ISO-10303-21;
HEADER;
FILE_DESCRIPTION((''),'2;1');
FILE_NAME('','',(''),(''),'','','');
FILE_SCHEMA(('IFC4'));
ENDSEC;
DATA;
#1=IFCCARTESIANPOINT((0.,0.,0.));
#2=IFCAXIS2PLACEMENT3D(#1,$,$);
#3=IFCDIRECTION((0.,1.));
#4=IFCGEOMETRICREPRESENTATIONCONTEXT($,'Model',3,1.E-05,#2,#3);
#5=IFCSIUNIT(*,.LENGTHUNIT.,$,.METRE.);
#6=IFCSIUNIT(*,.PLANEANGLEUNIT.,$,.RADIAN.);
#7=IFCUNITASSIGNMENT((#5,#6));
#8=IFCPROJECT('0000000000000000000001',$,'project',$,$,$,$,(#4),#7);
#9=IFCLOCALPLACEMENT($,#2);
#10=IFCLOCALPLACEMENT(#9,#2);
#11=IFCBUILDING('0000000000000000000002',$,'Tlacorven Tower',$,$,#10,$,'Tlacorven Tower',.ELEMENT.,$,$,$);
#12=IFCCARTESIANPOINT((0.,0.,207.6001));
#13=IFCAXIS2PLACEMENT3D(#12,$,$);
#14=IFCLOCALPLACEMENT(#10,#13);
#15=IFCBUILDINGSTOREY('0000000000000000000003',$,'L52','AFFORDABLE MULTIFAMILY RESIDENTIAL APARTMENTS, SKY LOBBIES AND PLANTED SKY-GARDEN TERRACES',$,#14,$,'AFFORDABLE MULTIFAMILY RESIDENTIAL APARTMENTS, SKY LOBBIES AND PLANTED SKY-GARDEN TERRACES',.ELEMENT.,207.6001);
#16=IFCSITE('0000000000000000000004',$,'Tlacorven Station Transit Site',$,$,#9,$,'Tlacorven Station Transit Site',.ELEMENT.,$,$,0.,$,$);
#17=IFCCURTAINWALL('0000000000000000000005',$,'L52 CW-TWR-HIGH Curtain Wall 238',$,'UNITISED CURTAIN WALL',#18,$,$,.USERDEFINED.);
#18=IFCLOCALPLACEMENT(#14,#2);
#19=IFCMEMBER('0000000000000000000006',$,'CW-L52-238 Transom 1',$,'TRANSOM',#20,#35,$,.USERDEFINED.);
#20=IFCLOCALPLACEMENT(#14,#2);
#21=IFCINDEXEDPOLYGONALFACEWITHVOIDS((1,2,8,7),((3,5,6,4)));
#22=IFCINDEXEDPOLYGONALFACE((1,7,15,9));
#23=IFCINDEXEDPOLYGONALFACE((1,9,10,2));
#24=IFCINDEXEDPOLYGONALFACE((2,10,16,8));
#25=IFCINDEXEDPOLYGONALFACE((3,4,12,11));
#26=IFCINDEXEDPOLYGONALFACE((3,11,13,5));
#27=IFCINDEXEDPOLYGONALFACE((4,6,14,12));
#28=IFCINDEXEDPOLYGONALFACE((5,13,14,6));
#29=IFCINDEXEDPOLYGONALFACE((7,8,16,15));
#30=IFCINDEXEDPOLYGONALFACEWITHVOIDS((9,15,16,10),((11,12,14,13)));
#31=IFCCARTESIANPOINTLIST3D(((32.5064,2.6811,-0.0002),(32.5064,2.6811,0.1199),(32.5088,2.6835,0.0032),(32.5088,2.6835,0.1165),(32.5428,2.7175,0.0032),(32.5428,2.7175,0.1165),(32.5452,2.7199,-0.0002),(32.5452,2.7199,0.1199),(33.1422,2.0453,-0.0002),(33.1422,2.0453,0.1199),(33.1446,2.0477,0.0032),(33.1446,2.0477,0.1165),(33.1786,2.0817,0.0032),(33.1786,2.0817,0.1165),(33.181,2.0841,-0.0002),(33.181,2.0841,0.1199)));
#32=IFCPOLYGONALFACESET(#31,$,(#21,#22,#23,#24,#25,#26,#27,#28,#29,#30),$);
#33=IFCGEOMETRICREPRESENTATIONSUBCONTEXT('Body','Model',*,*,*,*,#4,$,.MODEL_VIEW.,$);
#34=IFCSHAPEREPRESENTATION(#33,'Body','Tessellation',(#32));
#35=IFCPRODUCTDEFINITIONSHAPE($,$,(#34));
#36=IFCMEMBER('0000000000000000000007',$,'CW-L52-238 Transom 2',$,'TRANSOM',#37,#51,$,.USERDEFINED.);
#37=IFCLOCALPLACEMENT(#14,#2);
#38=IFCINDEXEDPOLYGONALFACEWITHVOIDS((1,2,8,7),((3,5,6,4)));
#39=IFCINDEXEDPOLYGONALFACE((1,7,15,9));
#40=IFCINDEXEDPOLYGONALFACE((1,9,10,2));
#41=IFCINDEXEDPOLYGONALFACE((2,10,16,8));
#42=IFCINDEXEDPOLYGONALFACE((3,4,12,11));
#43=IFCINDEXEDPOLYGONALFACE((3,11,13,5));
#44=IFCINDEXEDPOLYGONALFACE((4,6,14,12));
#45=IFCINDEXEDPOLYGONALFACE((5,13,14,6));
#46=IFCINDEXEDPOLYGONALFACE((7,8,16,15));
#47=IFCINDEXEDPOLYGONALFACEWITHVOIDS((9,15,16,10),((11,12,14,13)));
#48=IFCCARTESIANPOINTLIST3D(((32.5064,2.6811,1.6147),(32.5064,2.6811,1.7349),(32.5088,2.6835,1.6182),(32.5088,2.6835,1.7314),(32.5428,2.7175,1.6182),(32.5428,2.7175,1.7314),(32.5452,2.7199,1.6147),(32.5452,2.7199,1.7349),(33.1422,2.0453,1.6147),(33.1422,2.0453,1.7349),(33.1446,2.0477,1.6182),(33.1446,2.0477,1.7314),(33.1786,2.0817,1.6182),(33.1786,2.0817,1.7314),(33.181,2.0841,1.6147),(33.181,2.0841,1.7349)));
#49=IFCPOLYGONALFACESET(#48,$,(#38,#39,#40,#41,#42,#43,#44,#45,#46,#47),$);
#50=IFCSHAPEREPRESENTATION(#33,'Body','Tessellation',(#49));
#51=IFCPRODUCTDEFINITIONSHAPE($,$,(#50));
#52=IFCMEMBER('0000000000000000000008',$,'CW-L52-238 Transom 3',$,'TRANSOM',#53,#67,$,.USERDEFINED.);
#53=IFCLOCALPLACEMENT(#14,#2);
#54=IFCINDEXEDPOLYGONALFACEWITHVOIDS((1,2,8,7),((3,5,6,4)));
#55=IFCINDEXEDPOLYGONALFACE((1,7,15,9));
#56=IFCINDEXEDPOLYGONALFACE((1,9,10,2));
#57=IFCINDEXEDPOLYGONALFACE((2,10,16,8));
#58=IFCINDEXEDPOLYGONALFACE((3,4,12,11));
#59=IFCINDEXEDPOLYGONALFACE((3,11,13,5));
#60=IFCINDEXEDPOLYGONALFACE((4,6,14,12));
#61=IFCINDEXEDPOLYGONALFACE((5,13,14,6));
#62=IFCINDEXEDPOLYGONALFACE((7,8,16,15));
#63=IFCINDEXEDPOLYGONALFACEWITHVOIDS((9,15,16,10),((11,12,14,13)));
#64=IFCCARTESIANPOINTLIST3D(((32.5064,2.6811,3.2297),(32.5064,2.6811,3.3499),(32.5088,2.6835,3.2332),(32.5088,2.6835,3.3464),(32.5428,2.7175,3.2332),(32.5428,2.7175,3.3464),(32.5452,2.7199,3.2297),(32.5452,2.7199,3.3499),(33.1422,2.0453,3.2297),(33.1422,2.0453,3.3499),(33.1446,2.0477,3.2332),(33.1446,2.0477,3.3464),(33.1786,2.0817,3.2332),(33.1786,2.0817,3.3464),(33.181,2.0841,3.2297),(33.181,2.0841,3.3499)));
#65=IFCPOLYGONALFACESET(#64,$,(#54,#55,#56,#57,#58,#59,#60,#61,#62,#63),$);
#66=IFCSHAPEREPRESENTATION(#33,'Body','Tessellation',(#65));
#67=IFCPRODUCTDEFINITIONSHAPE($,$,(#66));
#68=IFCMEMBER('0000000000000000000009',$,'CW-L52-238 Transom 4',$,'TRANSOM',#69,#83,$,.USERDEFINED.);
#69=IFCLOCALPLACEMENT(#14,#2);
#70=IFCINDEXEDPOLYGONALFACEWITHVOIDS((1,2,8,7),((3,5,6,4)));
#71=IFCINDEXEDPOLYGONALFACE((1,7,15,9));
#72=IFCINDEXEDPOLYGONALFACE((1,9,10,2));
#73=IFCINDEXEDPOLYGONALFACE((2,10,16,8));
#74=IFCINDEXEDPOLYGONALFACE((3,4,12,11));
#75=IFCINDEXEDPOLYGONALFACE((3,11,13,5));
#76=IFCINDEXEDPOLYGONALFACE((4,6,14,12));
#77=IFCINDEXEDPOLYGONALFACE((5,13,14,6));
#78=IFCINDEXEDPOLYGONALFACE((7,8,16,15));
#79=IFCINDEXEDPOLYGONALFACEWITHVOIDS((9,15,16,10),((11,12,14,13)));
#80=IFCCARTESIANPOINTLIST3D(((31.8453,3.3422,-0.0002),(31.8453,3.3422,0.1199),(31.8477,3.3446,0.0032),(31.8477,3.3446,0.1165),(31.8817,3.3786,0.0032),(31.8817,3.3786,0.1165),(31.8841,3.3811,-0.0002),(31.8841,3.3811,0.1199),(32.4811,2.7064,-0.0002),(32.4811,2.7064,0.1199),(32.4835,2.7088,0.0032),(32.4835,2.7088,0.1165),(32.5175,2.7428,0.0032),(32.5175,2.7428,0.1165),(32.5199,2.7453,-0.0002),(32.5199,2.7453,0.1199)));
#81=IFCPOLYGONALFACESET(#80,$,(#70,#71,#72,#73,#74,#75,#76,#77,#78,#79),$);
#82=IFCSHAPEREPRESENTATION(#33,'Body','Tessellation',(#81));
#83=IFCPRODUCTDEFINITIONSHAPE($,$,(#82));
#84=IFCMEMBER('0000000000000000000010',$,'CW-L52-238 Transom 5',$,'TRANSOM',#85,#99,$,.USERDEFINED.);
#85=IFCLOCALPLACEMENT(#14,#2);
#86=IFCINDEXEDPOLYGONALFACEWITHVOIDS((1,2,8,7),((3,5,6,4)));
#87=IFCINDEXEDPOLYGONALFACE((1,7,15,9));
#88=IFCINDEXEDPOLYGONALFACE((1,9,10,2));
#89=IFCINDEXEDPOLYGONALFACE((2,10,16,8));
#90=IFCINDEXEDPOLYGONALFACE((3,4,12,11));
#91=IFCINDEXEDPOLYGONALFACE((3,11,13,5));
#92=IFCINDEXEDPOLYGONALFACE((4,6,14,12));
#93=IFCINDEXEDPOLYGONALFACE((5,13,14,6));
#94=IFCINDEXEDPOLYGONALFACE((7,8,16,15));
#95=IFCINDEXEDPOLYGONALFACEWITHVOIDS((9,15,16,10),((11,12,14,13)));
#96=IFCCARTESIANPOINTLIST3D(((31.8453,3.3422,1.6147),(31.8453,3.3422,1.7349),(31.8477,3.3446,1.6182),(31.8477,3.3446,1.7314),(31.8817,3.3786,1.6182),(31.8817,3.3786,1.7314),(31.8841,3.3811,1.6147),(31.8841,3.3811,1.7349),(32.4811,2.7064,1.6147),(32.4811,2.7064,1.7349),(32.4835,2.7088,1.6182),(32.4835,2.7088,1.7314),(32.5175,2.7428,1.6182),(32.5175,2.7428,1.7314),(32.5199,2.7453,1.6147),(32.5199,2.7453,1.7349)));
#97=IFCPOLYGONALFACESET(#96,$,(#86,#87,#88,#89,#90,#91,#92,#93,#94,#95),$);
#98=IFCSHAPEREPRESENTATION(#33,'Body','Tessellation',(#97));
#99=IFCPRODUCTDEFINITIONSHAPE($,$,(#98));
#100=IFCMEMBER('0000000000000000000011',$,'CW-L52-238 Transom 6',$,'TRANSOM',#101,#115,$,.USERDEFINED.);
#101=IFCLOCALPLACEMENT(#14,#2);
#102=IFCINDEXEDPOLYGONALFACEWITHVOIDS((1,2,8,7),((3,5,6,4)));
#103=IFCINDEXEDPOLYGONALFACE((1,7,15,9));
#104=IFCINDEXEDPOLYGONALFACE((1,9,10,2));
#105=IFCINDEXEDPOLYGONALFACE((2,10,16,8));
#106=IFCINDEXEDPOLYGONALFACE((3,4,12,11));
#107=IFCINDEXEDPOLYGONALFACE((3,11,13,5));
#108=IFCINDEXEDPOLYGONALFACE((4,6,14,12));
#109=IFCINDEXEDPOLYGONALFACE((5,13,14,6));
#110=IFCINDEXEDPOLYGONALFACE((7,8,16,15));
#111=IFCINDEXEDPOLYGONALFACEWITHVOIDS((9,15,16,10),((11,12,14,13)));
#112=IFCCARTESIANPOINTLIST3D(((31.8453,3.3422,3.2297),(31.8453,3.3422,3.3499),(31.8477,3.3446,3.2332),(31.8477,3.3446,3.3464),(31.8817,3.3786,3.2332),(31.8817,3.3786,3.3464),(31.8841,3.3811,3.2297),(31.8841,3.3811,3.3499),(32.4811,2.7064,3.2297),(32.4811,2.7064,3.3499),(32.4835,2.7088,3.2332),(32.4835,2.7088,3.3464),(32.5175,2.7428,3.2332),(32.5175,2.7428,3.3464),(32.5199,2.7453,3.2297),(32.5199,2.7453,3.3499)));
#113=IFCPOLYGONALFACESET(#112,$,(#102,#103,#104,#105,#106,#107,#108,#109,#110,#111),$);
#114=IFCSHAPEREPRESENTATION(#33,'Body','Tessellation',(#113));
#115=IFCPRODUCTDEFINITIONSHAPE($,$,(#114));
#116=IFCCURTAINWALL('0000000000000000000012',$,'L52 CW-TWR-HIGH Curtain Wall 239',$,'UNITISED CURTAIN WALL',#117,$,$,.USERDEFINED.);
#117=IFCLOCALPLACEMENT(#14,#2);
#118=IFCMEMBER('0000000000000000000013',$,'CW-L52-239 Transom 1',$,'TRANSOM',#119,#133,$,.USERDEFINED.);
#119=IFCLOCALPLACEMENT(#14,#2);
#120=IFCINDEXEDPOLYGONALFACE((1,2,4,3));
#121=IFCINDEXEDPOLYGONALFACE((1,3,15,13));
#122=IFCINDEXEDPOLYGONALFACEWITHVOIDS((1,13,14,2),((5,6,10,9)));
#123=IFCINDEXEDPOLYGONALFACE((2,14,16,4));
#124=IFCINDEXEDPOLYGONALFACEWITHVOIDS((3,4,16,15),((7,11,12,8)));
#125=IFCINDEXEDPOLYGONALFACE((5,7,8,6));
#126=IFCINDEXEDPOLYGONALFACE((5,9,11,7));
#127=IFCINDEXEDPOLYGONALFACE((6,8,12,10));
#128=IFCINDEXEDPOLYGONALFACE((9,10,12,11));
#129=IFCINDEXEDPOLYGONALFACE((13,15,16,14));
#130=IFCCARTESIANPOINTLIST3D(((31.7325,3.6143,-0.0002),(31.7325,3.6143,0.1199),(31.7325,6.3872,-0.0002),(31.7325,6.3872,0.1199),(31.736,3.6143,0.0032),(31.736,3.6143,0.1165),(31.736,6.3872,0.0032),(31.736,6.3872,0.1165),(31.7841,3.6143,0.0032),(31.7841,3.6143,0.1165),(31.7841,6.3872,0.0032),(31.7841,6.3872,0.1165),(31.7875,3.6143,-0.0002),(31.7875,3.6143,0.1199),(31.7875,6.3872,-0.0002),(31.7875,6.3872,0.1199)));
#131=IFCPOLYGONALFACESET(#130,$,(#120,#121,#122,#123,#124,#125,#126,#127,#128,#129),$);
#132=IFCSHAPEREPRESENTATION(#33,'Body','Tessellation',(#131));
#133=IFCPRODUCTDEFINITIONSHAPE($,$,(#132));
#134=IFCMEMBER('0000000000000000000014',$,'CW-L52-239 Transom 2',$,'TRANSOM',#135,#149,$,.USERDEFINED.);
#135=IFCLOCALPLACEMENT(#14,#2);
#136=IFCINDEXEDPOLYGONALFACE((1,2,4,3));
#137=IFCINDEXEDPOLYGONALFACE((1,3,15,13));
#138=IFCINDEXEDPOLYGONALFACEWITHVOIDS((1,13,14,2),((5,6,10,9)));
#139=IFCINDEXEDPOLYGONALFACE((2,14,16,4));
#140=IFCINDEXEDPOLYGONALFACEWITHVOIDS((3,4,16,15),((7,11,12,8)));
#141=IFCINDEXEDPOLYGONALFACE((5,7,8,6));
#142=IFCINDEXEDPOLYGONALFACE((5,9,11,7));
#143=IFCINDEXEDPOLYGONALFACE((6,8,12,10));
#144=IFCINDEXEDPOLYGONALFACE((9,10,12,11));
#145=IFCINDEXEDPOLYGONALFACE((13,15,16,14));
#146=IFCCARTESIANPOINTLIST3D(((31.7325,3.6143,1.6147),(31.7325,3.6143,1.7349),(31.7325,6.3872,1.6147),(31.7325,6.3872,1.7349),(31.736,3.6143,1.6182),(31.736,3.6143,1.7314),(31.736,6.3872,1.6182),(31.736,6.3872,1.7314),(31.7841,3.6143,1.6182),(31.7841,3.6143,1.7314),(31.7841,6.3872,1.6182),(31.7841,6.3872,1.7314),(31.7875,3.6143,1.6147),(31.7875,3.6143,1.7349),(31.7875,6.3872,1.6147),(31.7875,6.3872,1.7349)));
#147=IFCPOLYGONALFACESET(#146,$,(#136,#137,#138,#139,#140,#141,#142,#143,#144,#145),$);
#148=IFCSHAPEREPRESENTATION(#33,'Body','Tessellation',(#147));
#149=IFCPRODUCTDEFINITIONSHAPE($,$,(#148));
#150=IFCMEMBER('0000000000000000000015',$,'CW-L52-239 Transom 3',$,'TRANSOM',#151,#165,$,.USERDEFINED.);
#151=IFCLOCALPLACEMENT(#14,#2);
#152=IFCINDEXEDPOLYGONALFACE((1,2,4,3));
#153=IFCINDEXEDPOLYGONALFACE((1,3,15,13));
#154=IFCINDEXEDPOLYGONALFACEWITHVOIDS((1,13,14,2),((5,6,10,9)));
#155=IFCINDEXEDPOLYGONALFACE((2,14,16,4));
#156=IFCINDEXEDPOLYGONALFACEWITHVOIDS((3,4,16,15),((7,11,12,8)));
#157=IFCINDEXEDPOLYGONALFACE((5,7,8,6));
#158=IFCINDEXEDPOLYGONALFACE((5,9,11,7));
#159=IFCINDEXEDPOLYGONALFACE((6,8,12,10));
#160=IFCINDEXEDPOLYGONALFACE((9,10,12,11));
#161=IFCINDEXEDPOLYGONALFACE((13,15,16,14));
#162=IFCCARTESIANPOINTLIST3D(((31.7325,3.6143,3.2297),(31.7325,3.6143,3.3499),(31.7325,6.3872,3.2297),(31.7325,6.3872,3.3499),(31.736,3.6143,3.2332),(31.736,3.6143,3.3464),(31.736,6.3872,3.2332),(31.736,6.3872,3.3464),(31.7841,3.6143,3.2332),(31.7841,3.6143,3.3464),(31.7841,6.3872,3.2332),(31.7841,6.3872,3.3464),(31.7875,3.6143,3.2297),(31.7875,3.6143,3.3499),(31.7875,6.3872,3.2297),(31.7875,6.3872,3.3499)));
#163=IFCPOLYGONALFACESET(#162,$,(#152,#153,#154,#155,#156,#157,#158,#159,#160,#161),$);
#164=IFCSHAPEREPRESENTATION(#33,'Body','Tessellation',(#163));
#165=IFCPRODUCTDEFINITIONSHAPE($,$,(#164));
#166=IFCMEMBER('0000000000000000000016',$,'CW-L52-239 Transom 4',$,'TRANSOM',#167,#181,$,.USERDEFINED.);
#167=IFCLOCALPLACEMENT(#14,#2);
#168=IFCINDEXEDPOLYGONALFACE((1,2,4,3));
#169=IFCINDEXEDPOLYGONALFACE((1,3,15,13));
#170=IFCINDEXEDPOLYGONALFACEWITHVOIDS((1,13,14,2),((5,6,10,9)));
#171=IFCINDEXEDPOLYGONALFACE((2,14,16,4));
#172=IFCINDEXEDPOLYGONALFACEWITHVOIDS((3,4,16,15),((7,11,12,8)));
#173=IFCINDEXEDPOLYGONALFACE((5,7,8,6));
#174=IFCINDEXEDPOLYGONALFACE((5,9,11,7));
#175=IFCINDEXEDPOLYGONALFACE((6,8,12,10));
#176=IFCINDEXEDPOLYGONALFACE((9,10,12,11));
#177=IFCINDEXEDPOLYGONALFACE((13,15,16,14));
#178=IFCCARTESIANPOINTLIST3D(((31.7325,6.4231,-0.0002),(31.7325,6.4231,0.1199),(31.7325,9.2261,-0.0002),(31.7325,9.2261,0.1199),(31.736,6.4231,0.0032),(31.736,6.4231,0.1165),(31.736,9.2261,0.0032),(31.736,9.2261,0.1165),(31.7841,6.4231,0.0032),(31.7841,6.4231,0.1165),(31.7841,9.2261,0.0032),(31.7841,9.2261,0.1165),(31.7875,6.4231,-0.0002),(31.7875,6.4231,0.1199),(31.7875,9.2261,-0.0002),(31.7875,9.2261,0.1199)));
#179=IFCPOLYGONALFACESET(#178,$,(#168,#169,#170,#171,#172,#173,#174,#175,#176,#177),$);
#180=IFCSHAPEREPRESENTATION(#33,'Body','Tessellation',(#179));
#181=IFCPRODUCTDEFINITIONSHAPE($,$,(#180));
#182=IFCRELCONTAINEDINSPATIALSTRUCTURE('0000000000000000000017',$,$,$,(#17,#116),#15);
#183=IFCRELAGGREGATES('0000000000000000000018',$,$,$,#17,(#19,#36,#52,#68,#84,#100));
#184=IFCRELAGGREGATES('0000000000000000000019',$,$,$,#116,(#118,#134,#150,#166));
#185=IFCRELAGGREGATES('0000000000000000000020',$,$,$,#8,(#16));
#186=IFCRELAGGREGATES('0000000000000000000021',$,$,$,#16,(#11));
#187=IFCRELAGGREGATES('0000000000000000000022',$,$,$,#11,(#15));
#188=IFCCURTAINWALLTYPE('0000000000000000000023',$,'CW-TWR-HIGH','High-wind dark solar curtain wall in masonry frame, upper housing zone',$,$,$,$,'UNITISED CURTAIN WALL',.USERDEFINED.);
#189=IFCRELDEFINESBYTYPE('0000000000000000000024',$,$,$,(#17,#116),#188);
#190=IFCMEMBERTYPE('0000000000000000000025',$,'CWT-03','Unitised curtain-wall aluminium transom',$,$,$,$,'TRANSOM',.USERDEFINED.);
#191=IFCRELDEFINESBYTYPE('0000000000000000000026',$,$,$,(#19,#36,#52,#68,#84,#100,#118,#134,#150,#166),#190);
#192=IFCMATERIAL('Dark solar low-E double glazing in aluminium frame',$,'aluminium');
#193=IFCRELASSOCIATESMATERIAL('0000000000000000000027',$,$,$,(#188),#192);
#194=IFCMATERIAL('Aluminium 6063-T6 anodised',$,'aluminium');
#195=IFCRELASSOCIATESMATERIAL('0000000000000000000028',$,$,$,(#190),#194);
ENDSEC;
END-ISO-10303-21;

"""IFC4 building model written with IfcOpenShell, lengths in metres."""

from ifc_helpers import new_model, si_unit, direction, frame, origin, origin_2d, place, context, subcontext, project, spatial, hollow_rectangle, extrude, source, transform, mapped, material, material_profile, profile_set, type_object, element, aggregate, save


model = new_model("IFC4")

# Units and contexts
model_context = context("Model", 3, precision=1e-05, world=origin(), true_north=direction((0.0, 1.0)))
body_context = subcontext(model_context, "Body", "Model", "MODEL_VIEW")
ifc_project = project(units=[si_unit("LENGTHUNIT", "METRE"), si_unit("PLANEANGLEUNIT", "RADIAN")], contexts=[model_context])

# Site, building, storey
site_placement = place(None, origin())
site = spatial("IfcSite", under=ifc_project, at=site_placement, Name="Tlacorven Station Transit Site", LongName="Tlacorven Station Transit Site", CompositionType="ELEMENT", RefElevation=0.0)
building_placement = place(site_placement, origin())
building = spatial("IfcBuilding", under=site, at=building_placement, Name="Tlacorven Tower", LongName="Tlacorven Tower", CompositionType="ELEMENT")
storey_placement = place(building_placement, frame((0.0, 0.0, 207.6001)))
storey = spatial("IfcBuildingStorey", under=building, at=storey_placement, Name="L52", Description="AFFORDABLE MULTIFAMILY RESIDENTIAL APARTMENTS, SKY LOBBIES AND PLANTED SKY-GARDEN TERRACES", LongName="AFFORDABLE MULTIFAMILY RESIDENTIAL APARTMENTS, SKY LOBBIES AND PLANTED SKY-GARDEN TERRACES", CompositionType="ELEMENT", Elevation=207.6001)

# Curtain walls, members
ifc_material_1 = material(Name="Dark solar low-E double glazing in aluminium frame", Category="aluminium")
curtain_wall_type = type_object("IfcCurtainWallType", Name="CW-TWR-HIGH", Description="High-wind dark solar curtain wall in masonry frame, upper housing zone", ElementType="UNITISED CURTAIN WALL", PredefinedType="USERDEFINED", material=ifc_material_1)
curtain_wall_1_placement = place(storey_placement, origin())
curtain_wall_1 = element("IfcCurtainWall", 1, at=curtain_wall_1_placement, inside=storey, type_object=curtain_wall_type, Name="L52 CW-TWR-HIGH Curtain Wall 238", ObjectType="UNITISED CURTAIN WALL", PredefinedType="USERDEFINED")
ifc_material_2 = material(Name="Aluminium 6063-T6 anodised", Category="aluminium")
ifc_material_profile_1 = material_profile(ifc_material_2, hollow_rectangle(XDim=0.0549, YDim=0.1201, WallThickness=0.0034, at=origin_2d()), Name="ALU TRANSOM 55X120")
ifc_profile_set_1 = profile_set([ifc_material_profile_1], Name="Aluminium 6063-T6 anodised")
member_type_1 = type_object("IfcMemberType", Name="CWT-03", Description="Unitised curtain-wall aluminium transom", ElementType="TRANSOM", PredefinedType="USERDEFINED", material=ifc_profile_set_1)
shared_shape_1 = source(origin(), body_context, "Body", "SweptSolid", [
    extrude(hollow_rectangle(XDim=0.0549, YDim=0.1201, WallThickness=0.0034, at=origin_2d()), origin(), (0.0, 0.0, 1.0), 0.8992),
])
member_1_placement = place(storey_placement, frame((33.1616, 2.0647, 0.0598), z_axis=(-0.707107, 0.707107, 0.0), x_axis=(-0.707107, -0.707107, 0.0)))
member_1 = element("IfcMember", 2, at=member_1_placement, type_object=member_type_1, Name="CW-L52-238 Transom 1", ObjectType="TRANSOM", PredefinedType="USERDEFINED", context=body_context, shape_type="MappedRepresentation", body=[
    mapped(shared_shape_1, transform((0.0, 0.0, 0.0), scale=1.0)),
])
member_2_placement = place(storey_placement, frame((33.1616, 2.0647, 1.6748), z_axis=(-0.707107, 0.707107, 0.0), x_axis=(-0.707107, -0.707107, 0.0)))
member_2 = element("IfcMember", 3, at=member_2_placement, type_object=member_type_1, Name="CW-L52-238 Transom 2", ObjectType="TRANSOM", PredefinedType="USERDEFINED", context=body_context, shape_type="MappedRepresentation", body=[
    mapped(shared_shape_1, transform((0.0, 0.0, 0.0), scale=1.0)),
])
member_3_placement = place(storey_placement, frame((33.1616, 2.0647, 3.2898), z_axis=(-0.707107, 0.707107, 0.0), x_axis=(-0.707107, -0.707107, 0.0)))
member_3 = element("IfcMember", 4, at=member_3_placement, type_object=member_type_1, Name="CW-L52-238 Transom 3", ObjectType="TRANSOM", PredefinedType="USERDEFINED", context=body_context, shape_type="MappedRepresentation", body=[
    mapped(shared_shape_1, transform((0.0, 0.0, 0.0), scale=1.0)),
])
member_4_placement = place(storey_placement, frame((32.5005, 2.7258, 0.0598), z_axis=(-0.707107, 0.707107, 0.0), x_axis=(-0.707107, -0.707107, 0.0)))
member_4 = element("IfcMember", 5, at=member_4_placement, type_object=member_type_1, Name="CW-L52-238 Transom 4", ObjectType="TRANSOM", PredefinedType="USERDEFINED", context=body_context, shape_type="MappedRepresentation", body=[
    mapped(shared_shape_1, transform((0.0, 0.0, 0.0), scale=1.0)),
])
member_5_placement = place(storey_placement, frame((32.5005, 2.7258, 1.6748), z_axis=(-0.707107, 0.707107, 0.0), x_axis=(-0.707107, -0.707107, 0.0)))
member_5 = element("IfcMember", 6, at=member_5_placement, type_object=member_type_1, Name="CW-L52-238 Transom 5", ObjectType="TRANSOM", PredefinedType="USERDEFINED", context=body_context, shape_type="MappedRepresentation", body=[
    mapped(shared_shape_1, transform((0.0, 0.0, 0.0), scale=1.0)),
])
member_6_placement = place(storey_placement, frame((32.5005, 2.7258, 3.2898), z_axis=(-0.707107, 0.707107, 0.0), x_axis=(-0.707107, -0.707107, 0.0)))
member_6 = element("IfcMember", 7, at=member_6_placement, type_object=member_type_1, Name="CW-L52-238 Transom 6", ObjectType="TRANSOM", PredefinedType="USERDEFINED", context=body_context, shape_type="MappedRepresentation", body=[
    mapped(shared_shape_1, transform((0.0, 0.0, 0.0), scale=1.0)),
])
curtain_wall_2_placement = place(storey_placement, origin())
curtain_wall_2 = element("IfcCurtainWall", 8, at=curtain_wall_2_placement, inside=storey, type_object=curtain_wall_type, Name="L52 CW-TWR-HIGH Curtain Wall 239", ObjectType="UNITISED CURTAIN WALL", PredefinedType="USERDEFINED")
shared_shape_2 = source(origin(), body_context, "Body", "SweptSolid", [
    extrude(hollow_rectangle(XDim=0.0549, YDim=0.1201, WallThickness=0.0034, at=origin_2d()), origin(), (0.0, 0.0, 1.0), 2.7729),
])
member_7_placement = place(storey_placement, frame((31.76, 3.6143, 0.0598), z_axis=(0.0, 1.0, 0.0), x_axis=(-1.0, 0.0, 0.0)))
member_7 = element("IfcMember", 9, at=member_7_placement, type_object=member_type_1, Name="CW-L52-239 Transom 1", ObjectType="TRANSOM", PredefinedType="USERDEFINED", context=body_context, shape_type="MappedRepresentation", body=[
    mapped(shared_shape_2, transform((0.0, 0.0, 0.0), scale=1.0)),
])
member_8_placement = place(storey_placement, frame((31.76, 3.6143, 1.6748), z_axis=(0.0, 1.0, 0.0), x_axis=(-1.0, 0.0, 0.0)))
member_8 = element("IfcMember", 10, at=member_8_placement, type_object=member_type_1, Name="CW-L52-239 Transom 2", ObjectType="TRANSOM", PredefinedType="USERDEFINED", context=body_context, shape_type="MappedRepresentation", body=[
    mapped(shared_shape_2, transform((0.0, 0.0, 0.0), scale=1.0)),
])
member_9_placement = place(storey_placement, frame((31.76, 3.6143, 3.2898), z_axis=(0.0, 1.0, 0.0), x_axis=(-1.0, 0.0, 0.0)))
member_9 = element("IfcMember", 11, at=member_9_placement, type_object=member_type_1, Name="CW-L52-239 Transom 3", ObjectType="TRANSOM", PredefinedType="USERDEFINED", context=body_context, shape_type="MappedRepresentation", body=[
    mapped(shared_shape_2, transform((0.0, 0.0, 0.0), scale=1.0)),
])
shared_shape_3 = source(origin(), body_context, "Body", "SweptSolid", [
    extrude(hollow_rectangle(XDim=0.0549, YDim=0.1201, WallThickness=0.0034, at=origin_2d()), origin(), (0.0, 0.0, 1.0), 2.803),
])
member_10_placement = place(storey_placement, frame((31.76, 6.4231, 0.0598), z_axis=(0.0, 1.0, 0.0), x_axis=(-1.0, 0.0, 0.0)))
member_10 = element("IfcMember", 12, at=member_10_placement, type_object=member_type_1, Name="CW-L52-239 Transom 4", ObjectType="TRANSOM", PredefinedType="USERDEFINED", context=body_context, shape_type="MappedRepresentation", body=[
    mapped(shared_shape_3, transform((0.0, 0.0, 0.0), scale=1.0)),
])

aggregate(curtain_wall_1, [member_1, member_2, member_3, member_4, member_5, member_6])
aggregate(curtain_wall_2, [member_7, member_8, member_9, member_10])

save(model, "model.ifc")
